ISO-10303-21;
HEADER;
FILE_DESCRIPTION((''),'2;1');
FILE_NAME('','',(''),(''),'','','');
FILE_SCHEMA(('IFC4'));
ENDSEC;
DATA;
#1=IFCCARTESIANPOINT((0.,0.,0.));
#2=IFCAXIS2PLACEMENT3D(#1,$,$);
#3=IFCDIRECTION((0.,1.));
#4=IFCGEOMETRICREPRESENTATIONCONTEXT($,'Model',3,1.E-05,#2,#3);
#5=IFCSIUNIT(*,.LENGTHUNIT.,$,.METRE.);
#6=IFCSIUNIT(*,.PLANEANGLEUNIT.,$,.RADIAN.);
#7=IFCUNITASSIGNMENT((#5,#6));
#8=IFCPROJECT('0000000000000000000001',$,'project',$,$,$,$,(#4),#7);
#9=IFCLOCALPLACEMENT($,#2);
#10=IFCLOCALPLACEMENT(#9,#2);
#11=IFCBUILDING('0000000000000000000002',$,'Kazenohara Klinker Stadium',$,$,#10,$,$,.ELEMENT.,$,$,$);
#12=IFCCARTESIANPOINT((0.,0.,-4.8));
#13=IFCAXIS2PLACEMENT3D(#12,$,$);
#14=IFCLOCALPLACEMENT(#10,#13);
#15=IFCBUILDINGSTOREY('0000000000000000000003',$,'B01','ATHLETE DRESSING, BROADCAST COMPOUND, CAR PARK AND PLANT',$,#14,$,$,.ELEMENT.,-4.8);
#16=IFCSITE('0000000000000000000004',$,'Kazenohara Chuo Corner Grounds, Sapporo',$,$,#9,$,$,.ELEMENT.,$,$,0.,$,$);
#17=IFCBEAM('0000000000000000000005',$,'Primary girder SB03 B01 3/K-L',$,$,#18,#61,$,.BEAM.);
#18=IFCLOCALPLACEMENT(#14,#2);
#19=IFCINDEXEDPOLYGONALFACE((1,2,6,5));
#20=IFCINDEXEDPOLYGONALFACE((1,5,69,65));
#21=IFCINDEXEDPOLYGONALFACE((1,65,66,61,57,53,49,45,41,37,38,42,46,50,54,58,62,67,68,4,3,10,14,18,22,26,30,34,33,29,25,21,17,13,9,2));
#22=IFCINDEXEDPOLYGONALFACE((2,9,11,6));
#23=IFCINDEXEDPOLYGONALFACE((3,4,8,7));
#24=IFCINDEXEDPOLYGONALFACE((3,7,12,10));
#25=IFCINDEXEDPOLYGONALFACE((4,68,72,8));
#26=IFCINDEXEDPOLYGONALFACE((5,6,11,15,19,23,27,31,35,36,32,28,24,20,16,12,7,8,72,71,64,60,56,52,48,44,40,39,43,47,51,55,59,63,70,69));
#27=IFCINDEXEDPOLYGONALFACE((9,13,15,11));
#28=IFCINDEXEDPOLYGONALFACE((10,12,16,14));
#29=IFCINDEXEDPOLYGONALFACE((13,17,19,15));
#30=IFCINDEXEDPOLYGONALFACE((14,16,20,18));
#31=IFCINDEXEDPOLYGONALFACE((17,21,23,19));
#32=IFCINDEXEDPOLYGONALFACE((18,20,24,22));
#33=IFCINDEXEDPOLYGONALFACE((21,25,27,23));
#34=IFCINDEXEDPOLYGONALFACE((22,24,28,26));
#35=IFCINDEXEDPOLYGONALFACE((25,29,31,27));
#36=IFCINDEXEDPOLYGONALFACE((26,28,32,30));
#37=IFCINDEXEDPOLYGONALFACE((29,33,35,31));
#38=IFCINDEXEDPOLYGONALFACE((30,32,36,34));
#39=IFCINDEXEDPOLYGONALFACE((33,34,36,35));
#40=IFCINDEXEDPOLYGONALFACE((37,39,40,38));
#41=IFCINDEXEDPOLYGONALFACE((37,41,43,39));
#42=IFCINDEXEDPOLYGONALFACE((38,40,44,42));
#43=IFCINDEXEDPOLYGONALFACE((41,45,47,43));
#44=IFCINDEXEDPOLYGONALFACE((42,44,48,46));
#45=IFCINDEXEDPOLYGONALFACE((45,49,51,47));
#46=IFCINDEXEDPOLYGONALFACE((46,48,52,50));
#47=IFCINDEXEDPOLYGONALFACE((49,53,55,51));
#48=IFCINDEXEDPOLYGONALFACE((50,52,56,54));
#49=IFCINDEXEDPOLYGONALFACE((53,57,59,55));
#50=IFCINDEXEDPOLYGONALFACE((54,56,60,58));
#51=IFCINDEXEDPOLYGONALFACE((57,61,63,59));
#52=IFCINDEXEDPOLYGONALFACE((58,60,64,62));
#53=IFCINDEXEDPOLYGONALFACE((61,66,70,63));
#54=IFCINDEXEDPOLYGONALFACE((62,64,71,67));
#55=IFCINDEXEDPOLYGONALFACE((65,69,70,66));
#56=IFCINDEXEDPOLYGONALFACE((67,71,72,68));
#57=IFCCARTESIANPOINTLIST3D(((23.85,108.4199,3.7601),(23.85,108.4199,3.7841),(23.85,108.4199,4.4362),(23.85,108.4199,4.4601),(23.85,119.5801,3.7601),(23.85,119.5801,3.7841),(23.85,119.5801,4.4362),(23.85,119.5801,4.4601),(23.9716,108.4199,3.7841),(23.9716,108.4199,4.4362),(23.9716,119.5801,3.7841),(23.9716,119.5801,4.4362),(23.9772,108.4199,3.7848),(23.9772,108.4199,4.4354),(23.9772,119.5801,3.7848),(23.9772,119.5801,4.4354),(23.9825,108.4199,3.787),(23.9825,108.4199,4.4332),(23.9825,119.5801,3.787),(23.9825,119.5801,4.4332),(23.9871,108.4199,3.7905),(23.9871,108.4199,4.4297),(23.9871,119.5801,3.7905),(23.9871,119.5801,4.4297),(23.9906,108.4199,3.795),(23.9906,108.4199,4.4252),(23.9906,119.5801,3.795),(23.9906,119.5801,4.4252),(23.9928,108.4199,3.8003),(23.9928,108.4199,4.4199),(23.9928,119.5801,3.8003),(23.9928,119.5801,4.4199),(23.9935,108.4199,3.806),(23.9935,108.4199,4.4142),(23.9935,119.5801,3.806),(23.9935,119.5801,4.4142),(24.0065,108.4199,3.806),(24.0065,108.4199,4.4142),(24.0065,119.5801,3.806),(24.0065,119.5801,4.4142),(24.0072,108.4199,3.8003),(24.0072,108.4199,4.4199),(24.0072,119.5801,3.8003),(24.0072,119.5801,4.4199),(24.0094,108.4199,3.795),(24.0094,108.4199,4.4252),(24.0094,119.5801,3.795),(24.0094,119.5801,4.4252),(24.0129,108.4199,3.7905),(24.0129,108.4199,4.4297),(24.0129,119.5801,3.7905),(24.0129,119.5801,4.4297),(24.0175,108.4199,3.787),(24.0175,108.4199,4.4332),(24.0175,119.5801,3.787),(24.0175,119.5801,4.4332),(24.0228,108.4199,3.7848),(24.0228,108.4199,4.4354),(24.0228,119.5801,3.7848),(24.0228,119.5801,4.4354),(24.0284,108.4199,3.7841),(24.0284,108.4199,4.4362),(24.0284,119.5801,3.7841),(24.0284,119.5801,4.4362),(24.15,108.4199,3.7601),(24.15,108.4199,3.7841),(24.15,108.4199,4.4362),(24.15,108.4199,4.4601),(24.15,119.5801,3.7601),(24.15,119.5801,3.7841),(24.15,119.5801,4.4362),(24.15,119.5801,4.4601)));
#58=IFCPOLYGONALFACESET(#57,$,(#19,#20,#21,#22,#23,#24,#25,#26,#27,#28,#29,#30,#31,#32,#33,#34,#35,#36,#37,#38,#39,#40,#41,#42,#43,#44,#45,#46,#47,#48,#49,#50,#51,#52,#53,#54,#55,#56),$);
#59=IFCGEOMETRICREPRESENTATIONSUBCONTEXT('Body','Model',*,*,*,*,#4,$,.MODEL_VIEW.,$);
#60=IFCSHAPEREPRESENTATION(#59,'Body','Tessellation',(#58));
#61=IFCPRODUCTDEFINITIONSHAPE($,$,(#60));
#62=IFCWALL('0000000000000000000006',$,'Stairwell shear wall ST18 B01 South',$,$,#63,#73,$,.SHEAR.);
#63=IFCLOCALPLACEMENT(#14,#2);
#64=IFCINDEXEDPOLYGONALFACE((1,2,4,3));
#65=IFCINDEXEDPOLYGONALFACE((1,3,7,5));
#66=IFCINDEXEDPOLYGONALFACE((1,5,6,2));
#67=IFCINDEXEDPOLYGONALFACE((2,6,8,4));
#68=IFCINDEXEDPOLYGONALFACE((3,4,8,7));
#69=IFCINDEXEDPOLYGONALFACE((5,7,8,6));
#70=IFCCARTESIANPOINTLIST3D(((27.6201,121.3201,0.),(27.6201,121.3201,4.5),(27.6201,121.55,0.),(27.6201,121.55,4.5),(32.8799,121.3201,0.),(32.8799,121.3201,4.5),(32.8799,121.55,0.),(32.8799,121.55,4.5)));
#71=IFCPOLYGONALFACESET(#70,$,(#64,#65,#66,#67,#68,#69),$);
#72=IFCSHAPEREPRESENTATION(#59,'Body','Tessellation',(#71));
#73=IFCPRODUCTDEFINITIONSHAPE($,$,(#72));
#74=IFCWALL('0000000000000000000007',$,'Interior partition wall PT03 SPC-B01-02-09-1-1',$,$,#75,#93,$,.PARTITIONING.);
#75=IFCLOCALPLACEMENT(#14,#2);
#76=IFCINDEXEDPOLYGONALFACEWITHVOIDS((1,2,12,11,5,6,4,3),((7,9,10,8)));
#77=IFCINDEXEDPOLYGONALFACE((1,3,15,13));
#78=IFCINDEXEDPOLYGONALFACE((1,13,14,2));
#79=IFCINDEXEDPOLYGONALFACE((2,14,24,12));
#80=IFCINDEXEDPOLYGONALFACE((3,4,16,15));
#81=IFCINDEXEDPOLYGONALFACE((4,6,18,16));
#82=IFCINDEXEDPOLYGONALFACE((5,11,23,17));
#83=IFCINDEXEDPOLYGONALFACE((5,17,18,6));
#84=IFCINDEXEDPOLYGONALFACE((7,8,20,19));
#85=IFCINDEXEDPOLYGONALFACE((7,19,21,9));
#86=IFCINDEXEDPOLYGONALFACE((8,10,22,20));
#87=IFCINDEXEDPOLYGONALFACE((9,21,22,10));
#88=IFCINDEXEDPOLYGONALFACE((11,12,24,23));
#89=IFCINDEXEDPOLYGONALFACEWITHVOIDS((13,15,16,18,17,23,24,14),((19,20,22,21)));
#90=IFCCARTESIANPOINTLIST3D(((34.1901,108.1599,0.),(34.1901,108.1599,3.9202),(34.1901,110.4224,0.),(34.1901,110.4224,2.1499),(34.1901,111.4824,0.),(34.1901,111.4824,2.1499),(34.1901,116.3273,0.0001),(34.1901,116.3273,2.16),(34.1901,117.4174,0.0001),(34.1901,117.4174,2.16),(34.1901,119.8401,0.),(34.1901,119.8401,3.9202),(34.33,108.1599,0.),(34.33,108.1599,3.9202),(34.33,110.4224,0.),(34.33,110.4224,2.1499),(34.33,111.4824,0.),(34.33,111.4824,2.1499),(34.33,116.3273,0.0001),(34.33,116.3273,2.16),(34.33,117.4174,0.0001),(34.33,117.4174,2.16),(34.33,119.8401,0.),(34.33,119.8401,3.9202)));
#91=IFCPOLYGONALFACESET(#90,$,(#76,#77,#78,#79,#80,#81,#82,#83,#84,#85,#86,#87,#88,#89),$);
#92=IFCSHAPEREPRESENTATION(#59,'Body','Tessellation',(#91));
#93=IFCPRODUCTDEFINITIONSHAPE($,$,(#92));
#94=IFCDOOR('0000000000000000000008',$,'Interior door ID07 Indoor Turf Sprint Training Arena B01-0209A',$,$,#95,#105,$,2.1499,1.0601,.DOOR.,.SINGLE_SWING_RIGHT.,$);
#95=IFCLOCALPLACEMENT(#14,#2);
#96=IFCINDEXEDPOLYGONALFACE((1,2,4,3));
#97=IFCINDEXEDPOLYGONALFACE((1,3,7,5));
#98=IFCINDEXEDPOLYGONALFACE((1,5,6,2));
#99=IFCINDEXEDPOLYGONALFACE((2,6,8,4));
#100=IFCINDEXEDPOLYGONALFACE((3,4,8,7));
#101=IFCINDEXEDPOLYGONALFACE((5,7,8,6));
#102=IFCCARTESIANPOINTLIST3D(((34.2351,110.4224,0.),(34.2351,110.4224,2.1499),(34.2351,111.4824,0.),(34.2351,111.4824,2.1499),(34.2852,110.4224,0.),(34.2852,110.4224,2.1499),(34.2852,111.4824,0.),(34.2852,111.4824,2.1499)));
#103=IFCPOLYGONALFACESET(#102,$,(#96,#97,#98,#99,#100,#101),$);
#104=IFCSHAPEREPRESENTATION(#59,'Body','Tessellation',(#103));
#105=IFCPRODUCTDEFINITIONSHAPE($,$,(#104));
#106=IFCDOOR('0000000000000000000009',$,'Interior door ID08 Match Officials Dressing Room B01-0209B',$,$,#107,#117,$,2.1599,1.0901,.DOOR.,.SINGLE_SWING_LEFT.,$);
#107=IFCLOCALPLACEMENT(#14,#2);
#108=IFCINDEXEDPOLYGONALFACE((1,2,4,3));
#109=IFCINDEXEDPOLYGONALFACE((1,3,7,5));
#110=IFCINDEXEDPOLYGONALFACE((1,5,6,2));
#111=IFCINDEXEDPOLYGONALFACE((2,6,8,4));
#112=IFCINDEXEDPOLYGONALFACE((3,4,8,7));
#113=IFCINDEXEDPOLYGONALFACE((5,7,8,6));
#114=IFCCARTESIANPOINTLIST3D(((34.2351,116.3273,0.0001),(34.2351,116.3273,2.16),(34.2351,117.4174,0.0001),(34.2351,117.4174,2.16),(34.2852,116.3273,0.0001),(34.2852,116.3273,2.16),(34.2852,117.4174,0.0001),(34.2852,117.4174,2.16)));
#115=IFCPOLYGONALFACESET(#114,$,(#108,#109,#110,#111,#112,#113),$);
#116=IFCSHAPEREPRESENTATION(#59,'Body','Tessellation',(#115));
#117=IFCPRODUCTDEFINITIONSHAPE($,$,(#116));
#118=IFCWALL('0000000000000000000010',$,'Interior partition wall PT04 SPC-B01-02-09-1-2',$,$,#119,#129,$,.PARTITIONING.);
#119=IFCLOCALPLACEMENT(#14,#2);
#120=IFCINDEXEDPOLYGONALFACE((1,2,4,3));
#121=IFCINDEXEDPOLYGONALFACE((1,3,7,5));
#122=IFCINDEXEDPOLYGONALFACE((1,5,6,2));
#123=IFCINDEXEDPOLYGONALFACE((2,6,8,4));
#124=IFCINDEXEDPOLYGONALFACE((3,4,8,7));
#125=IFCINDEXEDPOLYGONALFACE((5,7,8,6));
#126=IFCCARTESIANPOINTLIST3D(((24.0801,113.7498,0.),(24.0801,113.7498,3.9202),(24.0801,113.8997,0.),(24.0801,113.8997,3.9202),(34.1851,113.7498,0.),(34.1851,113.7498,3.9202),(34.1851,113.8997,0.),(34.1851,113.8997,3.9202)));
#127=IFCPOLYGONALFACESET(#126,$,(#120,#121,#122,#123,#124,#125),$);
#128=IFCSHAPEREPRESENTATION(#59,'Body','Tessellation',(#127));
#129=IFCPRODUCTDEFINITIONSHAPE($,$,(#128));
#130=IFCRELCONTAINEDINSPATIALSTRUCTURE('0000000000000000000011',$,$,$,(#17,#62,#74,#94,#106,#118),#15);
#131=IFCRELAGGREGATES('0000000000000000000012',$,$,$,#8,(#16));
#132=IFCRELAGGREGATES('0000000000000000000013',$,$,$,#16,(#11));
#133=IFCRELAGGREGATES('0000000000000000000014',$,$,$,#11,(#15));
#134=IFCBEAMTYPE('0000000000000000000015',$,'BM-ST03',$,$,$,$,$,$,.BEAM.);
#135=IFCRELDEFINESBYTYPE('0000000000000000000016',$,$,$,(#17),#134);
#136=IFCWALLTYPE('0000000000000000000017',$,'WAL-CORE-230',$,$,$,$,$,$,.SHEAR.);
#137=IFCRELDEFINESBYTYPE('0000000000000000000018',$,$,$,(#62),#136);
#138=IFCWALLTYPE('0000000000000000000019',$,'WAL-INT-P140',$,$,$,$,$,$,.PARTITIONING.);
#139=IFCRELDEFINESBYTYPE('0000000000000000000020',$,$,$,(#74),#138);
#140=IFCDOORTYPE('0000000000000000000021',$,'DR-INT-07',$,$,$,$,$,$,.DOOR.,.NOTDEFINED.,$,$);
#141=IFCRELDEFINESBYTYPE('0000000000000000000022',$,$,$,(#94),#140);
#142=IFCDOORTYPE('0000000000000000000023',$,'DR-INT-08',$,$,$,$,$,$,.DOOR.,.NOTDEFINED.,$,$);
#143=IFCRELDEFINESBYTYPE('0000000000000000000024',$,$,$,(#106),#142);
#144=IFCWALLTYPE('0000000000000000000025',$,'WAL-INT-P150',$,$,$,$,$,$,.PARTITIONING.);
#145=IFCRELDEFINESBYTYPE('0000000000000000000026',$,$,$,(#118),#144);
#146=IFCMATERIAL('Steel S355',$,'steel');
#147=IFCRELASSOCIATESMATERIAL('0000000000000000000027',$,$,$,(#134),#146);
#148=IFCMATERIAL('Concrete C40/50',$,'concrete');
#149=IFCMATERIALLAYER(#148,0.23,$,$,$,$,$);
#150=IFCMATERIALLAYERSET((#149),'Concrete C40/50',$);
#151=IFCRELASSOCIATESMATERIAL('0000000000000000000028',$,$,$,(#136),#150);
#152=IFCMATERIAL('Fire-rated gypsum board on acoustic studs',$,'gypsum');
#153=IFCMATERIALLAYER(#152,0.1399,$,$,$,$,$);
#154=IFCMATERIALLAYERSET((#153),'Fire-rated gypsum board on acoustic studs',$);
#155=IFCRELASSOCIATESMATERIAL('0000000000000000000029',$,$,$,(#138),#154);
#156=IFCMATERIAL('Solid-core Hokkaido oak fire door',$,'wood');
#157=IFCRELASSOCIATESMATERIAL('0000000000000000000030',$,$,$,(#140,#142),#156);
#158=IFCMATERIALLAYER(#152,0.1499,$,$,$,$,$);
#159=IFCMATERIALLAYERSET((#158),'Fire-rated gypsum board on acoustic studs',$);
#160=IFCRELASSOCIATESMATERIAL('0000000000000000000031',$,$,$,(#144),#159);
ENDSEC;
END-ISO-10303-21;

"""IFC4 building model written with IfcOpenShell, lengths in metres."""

from ifc_helpers import new_model, si_unit, direction, frame, frame_2d, origin, origin_2d, place, context, subcontext, project, spatial, rectangle, i_section, extrude, material, layer, layer_set, material_profile, profile_set, type_object, element, fill, save


model = new_model("IFC4")

# Units and contexts
model_context = context("Model", 3, precision=1e-05, world=origin(), true_north=direction((0.0, 1.0)))
body_context = subcontext(model_context, "Body", "Model", "MODEL_VIEW")
ifc_project = project(units=[si_unit("LENGTHUNIT", "METRE"), si_unit("PLANEANGLEUNIT", "RADIAN")], contexts=[model_context])

# Site, building, storey
site_placement = place(None, origin())
site = spatial("IfcSite", under=ifc_project, at=site_placement, Name="Kazenohara Chuo Corner Grounds, Sapporo", CompositionType="ELEMENT", RefElevation=0.0)
building_placement = place(site_placement, origin())
building = spatial("IfcBuilding", under=site, at=building_placement, Name="Kazenohara Klinker Stadium", CompositionType="ELEMENT")
storey_placement = place(building_placement, frame((0.0, 0.0, -4.8)))
storey = spatial("IfcBuildingStorey", under=building, at=storey_placement, Name="B01", Description="ATHLETE DRESSING, BROADCAST COMPOUND, CAR PARK AND PLANT", CompositionType="ELEMENT", Elevation=-4.8)

# Shared definitions
ifc_material_1 = material(Name="Concrete C40/50", Category="concrete")

# Beam
ifc_material_2 = material(Name="Steel S355", Category="steel")
ifc_material_profile_1 = material_profile(ifc_material_2, i_section(OverallWidth=0.3, OverallDepth=0.7, WebThickness=0.0129, FlangeThickness=0.0239, FilletRadius=0.022, at=origin_2d()), Name="H-700x300x13x24")
ifc_profile_set_1 = profile_set([ifc_material_profile_1], Name="Steel S355")
beam_type_1 = type_object("IfcBeamType", Name="BM-ST03", PredefinedType="BEAM", material=ifc_profile_set_1)
beam_1_placement = place(storey_placement, frame((24.0, 108.4199, 4.1101), z_axis=(0.0, 1.0, 0.0), x_axis=(-1.0, 0.0, 0.0)))
element("IfcBeam", 1, at=beam_1_placement, inside=storey, type_object=beam_type_1, Name="Primary girder SB03 B01 3/K-L", PredefinedType="BEAM", context=body_context, shape_type="SweptSolid", body=[
    extrude(i_section(OverallWidth=0.3, OverallDepth=0.7, WebThickness=0.0129, FlangeThickness=0.0239, FilletRadius=0.022, at=origin_2d()), origin(), (0.0, 0.0, 1.0), 11.1602),
])

# Wall
ifc_layer_1 = layer(ifc_material_1, 0.23)
ifc_layer_set_1 = layer_set([ifc_layer_1], Name="Concrete C40/50")
wall_type_1 = type_object("IfcWallType", Name="WAL-CORE-230", PredefinedType="SHEAR", material=ifc_layer_set_1)
wall_1_placement = place(storey_placement, frame((27.6201, 121.4351, 0.0), z_axis=(0.0, 0.0, 1.0), x_axis=(1.0, 0.0, 0.0)))
element("IfcWall", 2, at=wall_1_placement, inside=storey, type_object=wall_type_1, Name="Stairwell shear wall ST18 B01 South", PredefinedType="SHEAR", context=body_context, shape_type="SweptSolid", body=[
    extrude(rectangle(XDim=5.2598, YDim=0.23, at=frame_2d((2.6299, 0.0))), origin(), (0.0, 0.0, 1.0), 4.5),
])

# Wall, openings, doors
ifc_material_3 = material(Name="Fire-rated gypsum board on acoustic studs", Category="gypsum")
ifc_layer_2 = layer(ifc_material_3, 0.1399)
ifc_layer_set_2 = layer_set([ifc_layer_2], Name="Fire-rated gypsum board on acoustic studs")
wall_type_2 = type_object("IfcWallType", Name="WAL-INT-P140", PredefinedType="PARTITIONING", material=ifc_layer_set_2)
wall_2_placement = place(storey_placement, frame((34.26, 108.1599, 0.0), z_axis=(0.0, 0.0, 1.0), x_axis=(0.0, 1.0, 0.0)))
wall_2 = element("IfcWall", 3, at=wall_2_placement, inside=storey, type_object=wall_type_2, Name="Interior partition wall PT03 SPC-B01-02-09-1-1", PredefinedType="PARTITIONING", context=body_context, shape_type="SweptSolid", body=[
    extrude(rectangle(XDim=11.6802, YDim=0.1399, at=frame_2d((5.8401, 0.0))), origin(), (0.0, 0.0, 1.0), 3.9202),
])
opening_1_placement = place(wall_2_placement, frame((2.2625, 0.0, 0.0)))
opening_1 = element("IfcOpeningElement", 4, at=opening_1_placement, cuts=wall_2, PredefinedType="OPENING", context=body_context, shape_type="SweptSolid", body=[
    extrude(rectangle(XDim=1.0601, YDim=2.1499, at=frame_2d((0.53, 1.075))), frame((0.0, 0.0801, 0.0), z_axis=(0.0, -1.0, 0.0), x_axis=(1.0, 0.0, 0.0)), (0.0, 0.0, 1.0), 0.1599),
])
opening_2_placement = place(wall_2_placement, frame((8.1675, 0.0, 0.0)))
opening_2 = element("IfcOpeningElement", 5, at=opening_2_placement, cuts=wall_2, PredefinedType="OPENING", context=body_context, shape_type="SweptSolid", body=[
    extrude(rectangle(XDim=1.0901, YDim=2.1599, at=frame_2d((0.5449, 1.0801))), frame((0.0, 0.0801, 0.0), z_axis=(0.0, -1.0, 0.0), x_axis=(1.0, 0.0, 0.0)), (0.0, 0.0, 1.0), 0.1599),
])
ifc_material_4 = material(Name="Solid-core Hokkaido oak fire door", Category="wood")
door_type_1 = type_object("IfcDoorType", Name="DR-INT-07", OperationType="NOTDEFINED", PredefinedType="DOOR", material=ifc_material_4)
door_1_placement = place(opening_1_placement, origin())
door_1 = element("IfcDoor", 6, at=door_1_placement, inside=storey, type_object=door_type_1, Name="Interior door ID07 Indoor Turf Sprint Training Arena B01-0209A", OperationType="SINGLE_SWING_RIGHT", OverallHeight=2.1499, OverallWidth=1.0601, PredefinedType="DOOR", context=body_context, shape_type="SweptSolid", body=[
    extrude(rectangle(XDim=1.0601, YDim=2.1499, at=frame_2d((0.53, 1.075))), frame((0.0, 0.0249, 0.0), z_axis=(0.0, -1.0, 0.0), x_axis=(1.0, 0.0, 0.0)), (0.0, 0.0, 1.0), 0.05),
])
fill(opening_1, door_1)
door_type_2 = type_object("IfcDoorType", Name="DR-INT-08", OperationType="NOTDEFINED", PredefinedType="DOOR", material=ifc_material_4)
door_2_placement = place(opening_2_placement, origin())
door_2 = element("IfcDoor", 7, at=door_2_placement, inside=storey, type_object=door_type_2, Name="Interior door ID08 Match Officials Dressing Room B01-0209B", OperationType="SINGLE_SWING_LEFT", OverallHeight=2.1599, OverallWidth=1.0901, PredefinedType="DOOR", context=body_context, shape_type="SweptSolid", body=[
    extrude(rectangle(XDim=1.0901, YDim=2.1599, at=frame_2d((0.5449, 1.0801))), frame((0.0, 0.0249, 0.0), z_axis=(0.0, -1.0, 0.0), x_axis=(1.0, 0.0, 0.0)), (0.0, 0.0, 1.0), 0.05),
])
fill(opening_2, door_2)

# Wall
ifc_layer_3 = layer(ifc_material_3, 0.1499)
ifc_layer_set_3 = layer_set([ifc_layer_3], Name="Fire-rated gypsum board on acoustic studs")
wall_type_3 = type_object("IfcWallType", Name="WAL-INT-P150", PredefinedType="PARTITIONING", material=ifc_layer_set_3)
wall_3_placement = place(storey_placement, frame((24.0801, 113.8247, 0.0), z_axis=(0.0, 0.0, 1.0), x_axis=(1.0, 0.0, 0.0)))
element("IfcWall", 8, at=wall_3_placement, inside=storey, type_object=wall_type_3, Name="Interior partition wall PT04 SPC-B01-02-09-1-2", PredefinedType="PARTITIONING", context=body_context, shape_type="SweptSolid", body=[
    extrude(rectangle(XDim=10.105, YDim=0.1499, at=frame_2d((5.0525, 0.0))), origin(), (0.0, 0.0, 1.0), 3.9202),
])

save(model, "model.ifc")
